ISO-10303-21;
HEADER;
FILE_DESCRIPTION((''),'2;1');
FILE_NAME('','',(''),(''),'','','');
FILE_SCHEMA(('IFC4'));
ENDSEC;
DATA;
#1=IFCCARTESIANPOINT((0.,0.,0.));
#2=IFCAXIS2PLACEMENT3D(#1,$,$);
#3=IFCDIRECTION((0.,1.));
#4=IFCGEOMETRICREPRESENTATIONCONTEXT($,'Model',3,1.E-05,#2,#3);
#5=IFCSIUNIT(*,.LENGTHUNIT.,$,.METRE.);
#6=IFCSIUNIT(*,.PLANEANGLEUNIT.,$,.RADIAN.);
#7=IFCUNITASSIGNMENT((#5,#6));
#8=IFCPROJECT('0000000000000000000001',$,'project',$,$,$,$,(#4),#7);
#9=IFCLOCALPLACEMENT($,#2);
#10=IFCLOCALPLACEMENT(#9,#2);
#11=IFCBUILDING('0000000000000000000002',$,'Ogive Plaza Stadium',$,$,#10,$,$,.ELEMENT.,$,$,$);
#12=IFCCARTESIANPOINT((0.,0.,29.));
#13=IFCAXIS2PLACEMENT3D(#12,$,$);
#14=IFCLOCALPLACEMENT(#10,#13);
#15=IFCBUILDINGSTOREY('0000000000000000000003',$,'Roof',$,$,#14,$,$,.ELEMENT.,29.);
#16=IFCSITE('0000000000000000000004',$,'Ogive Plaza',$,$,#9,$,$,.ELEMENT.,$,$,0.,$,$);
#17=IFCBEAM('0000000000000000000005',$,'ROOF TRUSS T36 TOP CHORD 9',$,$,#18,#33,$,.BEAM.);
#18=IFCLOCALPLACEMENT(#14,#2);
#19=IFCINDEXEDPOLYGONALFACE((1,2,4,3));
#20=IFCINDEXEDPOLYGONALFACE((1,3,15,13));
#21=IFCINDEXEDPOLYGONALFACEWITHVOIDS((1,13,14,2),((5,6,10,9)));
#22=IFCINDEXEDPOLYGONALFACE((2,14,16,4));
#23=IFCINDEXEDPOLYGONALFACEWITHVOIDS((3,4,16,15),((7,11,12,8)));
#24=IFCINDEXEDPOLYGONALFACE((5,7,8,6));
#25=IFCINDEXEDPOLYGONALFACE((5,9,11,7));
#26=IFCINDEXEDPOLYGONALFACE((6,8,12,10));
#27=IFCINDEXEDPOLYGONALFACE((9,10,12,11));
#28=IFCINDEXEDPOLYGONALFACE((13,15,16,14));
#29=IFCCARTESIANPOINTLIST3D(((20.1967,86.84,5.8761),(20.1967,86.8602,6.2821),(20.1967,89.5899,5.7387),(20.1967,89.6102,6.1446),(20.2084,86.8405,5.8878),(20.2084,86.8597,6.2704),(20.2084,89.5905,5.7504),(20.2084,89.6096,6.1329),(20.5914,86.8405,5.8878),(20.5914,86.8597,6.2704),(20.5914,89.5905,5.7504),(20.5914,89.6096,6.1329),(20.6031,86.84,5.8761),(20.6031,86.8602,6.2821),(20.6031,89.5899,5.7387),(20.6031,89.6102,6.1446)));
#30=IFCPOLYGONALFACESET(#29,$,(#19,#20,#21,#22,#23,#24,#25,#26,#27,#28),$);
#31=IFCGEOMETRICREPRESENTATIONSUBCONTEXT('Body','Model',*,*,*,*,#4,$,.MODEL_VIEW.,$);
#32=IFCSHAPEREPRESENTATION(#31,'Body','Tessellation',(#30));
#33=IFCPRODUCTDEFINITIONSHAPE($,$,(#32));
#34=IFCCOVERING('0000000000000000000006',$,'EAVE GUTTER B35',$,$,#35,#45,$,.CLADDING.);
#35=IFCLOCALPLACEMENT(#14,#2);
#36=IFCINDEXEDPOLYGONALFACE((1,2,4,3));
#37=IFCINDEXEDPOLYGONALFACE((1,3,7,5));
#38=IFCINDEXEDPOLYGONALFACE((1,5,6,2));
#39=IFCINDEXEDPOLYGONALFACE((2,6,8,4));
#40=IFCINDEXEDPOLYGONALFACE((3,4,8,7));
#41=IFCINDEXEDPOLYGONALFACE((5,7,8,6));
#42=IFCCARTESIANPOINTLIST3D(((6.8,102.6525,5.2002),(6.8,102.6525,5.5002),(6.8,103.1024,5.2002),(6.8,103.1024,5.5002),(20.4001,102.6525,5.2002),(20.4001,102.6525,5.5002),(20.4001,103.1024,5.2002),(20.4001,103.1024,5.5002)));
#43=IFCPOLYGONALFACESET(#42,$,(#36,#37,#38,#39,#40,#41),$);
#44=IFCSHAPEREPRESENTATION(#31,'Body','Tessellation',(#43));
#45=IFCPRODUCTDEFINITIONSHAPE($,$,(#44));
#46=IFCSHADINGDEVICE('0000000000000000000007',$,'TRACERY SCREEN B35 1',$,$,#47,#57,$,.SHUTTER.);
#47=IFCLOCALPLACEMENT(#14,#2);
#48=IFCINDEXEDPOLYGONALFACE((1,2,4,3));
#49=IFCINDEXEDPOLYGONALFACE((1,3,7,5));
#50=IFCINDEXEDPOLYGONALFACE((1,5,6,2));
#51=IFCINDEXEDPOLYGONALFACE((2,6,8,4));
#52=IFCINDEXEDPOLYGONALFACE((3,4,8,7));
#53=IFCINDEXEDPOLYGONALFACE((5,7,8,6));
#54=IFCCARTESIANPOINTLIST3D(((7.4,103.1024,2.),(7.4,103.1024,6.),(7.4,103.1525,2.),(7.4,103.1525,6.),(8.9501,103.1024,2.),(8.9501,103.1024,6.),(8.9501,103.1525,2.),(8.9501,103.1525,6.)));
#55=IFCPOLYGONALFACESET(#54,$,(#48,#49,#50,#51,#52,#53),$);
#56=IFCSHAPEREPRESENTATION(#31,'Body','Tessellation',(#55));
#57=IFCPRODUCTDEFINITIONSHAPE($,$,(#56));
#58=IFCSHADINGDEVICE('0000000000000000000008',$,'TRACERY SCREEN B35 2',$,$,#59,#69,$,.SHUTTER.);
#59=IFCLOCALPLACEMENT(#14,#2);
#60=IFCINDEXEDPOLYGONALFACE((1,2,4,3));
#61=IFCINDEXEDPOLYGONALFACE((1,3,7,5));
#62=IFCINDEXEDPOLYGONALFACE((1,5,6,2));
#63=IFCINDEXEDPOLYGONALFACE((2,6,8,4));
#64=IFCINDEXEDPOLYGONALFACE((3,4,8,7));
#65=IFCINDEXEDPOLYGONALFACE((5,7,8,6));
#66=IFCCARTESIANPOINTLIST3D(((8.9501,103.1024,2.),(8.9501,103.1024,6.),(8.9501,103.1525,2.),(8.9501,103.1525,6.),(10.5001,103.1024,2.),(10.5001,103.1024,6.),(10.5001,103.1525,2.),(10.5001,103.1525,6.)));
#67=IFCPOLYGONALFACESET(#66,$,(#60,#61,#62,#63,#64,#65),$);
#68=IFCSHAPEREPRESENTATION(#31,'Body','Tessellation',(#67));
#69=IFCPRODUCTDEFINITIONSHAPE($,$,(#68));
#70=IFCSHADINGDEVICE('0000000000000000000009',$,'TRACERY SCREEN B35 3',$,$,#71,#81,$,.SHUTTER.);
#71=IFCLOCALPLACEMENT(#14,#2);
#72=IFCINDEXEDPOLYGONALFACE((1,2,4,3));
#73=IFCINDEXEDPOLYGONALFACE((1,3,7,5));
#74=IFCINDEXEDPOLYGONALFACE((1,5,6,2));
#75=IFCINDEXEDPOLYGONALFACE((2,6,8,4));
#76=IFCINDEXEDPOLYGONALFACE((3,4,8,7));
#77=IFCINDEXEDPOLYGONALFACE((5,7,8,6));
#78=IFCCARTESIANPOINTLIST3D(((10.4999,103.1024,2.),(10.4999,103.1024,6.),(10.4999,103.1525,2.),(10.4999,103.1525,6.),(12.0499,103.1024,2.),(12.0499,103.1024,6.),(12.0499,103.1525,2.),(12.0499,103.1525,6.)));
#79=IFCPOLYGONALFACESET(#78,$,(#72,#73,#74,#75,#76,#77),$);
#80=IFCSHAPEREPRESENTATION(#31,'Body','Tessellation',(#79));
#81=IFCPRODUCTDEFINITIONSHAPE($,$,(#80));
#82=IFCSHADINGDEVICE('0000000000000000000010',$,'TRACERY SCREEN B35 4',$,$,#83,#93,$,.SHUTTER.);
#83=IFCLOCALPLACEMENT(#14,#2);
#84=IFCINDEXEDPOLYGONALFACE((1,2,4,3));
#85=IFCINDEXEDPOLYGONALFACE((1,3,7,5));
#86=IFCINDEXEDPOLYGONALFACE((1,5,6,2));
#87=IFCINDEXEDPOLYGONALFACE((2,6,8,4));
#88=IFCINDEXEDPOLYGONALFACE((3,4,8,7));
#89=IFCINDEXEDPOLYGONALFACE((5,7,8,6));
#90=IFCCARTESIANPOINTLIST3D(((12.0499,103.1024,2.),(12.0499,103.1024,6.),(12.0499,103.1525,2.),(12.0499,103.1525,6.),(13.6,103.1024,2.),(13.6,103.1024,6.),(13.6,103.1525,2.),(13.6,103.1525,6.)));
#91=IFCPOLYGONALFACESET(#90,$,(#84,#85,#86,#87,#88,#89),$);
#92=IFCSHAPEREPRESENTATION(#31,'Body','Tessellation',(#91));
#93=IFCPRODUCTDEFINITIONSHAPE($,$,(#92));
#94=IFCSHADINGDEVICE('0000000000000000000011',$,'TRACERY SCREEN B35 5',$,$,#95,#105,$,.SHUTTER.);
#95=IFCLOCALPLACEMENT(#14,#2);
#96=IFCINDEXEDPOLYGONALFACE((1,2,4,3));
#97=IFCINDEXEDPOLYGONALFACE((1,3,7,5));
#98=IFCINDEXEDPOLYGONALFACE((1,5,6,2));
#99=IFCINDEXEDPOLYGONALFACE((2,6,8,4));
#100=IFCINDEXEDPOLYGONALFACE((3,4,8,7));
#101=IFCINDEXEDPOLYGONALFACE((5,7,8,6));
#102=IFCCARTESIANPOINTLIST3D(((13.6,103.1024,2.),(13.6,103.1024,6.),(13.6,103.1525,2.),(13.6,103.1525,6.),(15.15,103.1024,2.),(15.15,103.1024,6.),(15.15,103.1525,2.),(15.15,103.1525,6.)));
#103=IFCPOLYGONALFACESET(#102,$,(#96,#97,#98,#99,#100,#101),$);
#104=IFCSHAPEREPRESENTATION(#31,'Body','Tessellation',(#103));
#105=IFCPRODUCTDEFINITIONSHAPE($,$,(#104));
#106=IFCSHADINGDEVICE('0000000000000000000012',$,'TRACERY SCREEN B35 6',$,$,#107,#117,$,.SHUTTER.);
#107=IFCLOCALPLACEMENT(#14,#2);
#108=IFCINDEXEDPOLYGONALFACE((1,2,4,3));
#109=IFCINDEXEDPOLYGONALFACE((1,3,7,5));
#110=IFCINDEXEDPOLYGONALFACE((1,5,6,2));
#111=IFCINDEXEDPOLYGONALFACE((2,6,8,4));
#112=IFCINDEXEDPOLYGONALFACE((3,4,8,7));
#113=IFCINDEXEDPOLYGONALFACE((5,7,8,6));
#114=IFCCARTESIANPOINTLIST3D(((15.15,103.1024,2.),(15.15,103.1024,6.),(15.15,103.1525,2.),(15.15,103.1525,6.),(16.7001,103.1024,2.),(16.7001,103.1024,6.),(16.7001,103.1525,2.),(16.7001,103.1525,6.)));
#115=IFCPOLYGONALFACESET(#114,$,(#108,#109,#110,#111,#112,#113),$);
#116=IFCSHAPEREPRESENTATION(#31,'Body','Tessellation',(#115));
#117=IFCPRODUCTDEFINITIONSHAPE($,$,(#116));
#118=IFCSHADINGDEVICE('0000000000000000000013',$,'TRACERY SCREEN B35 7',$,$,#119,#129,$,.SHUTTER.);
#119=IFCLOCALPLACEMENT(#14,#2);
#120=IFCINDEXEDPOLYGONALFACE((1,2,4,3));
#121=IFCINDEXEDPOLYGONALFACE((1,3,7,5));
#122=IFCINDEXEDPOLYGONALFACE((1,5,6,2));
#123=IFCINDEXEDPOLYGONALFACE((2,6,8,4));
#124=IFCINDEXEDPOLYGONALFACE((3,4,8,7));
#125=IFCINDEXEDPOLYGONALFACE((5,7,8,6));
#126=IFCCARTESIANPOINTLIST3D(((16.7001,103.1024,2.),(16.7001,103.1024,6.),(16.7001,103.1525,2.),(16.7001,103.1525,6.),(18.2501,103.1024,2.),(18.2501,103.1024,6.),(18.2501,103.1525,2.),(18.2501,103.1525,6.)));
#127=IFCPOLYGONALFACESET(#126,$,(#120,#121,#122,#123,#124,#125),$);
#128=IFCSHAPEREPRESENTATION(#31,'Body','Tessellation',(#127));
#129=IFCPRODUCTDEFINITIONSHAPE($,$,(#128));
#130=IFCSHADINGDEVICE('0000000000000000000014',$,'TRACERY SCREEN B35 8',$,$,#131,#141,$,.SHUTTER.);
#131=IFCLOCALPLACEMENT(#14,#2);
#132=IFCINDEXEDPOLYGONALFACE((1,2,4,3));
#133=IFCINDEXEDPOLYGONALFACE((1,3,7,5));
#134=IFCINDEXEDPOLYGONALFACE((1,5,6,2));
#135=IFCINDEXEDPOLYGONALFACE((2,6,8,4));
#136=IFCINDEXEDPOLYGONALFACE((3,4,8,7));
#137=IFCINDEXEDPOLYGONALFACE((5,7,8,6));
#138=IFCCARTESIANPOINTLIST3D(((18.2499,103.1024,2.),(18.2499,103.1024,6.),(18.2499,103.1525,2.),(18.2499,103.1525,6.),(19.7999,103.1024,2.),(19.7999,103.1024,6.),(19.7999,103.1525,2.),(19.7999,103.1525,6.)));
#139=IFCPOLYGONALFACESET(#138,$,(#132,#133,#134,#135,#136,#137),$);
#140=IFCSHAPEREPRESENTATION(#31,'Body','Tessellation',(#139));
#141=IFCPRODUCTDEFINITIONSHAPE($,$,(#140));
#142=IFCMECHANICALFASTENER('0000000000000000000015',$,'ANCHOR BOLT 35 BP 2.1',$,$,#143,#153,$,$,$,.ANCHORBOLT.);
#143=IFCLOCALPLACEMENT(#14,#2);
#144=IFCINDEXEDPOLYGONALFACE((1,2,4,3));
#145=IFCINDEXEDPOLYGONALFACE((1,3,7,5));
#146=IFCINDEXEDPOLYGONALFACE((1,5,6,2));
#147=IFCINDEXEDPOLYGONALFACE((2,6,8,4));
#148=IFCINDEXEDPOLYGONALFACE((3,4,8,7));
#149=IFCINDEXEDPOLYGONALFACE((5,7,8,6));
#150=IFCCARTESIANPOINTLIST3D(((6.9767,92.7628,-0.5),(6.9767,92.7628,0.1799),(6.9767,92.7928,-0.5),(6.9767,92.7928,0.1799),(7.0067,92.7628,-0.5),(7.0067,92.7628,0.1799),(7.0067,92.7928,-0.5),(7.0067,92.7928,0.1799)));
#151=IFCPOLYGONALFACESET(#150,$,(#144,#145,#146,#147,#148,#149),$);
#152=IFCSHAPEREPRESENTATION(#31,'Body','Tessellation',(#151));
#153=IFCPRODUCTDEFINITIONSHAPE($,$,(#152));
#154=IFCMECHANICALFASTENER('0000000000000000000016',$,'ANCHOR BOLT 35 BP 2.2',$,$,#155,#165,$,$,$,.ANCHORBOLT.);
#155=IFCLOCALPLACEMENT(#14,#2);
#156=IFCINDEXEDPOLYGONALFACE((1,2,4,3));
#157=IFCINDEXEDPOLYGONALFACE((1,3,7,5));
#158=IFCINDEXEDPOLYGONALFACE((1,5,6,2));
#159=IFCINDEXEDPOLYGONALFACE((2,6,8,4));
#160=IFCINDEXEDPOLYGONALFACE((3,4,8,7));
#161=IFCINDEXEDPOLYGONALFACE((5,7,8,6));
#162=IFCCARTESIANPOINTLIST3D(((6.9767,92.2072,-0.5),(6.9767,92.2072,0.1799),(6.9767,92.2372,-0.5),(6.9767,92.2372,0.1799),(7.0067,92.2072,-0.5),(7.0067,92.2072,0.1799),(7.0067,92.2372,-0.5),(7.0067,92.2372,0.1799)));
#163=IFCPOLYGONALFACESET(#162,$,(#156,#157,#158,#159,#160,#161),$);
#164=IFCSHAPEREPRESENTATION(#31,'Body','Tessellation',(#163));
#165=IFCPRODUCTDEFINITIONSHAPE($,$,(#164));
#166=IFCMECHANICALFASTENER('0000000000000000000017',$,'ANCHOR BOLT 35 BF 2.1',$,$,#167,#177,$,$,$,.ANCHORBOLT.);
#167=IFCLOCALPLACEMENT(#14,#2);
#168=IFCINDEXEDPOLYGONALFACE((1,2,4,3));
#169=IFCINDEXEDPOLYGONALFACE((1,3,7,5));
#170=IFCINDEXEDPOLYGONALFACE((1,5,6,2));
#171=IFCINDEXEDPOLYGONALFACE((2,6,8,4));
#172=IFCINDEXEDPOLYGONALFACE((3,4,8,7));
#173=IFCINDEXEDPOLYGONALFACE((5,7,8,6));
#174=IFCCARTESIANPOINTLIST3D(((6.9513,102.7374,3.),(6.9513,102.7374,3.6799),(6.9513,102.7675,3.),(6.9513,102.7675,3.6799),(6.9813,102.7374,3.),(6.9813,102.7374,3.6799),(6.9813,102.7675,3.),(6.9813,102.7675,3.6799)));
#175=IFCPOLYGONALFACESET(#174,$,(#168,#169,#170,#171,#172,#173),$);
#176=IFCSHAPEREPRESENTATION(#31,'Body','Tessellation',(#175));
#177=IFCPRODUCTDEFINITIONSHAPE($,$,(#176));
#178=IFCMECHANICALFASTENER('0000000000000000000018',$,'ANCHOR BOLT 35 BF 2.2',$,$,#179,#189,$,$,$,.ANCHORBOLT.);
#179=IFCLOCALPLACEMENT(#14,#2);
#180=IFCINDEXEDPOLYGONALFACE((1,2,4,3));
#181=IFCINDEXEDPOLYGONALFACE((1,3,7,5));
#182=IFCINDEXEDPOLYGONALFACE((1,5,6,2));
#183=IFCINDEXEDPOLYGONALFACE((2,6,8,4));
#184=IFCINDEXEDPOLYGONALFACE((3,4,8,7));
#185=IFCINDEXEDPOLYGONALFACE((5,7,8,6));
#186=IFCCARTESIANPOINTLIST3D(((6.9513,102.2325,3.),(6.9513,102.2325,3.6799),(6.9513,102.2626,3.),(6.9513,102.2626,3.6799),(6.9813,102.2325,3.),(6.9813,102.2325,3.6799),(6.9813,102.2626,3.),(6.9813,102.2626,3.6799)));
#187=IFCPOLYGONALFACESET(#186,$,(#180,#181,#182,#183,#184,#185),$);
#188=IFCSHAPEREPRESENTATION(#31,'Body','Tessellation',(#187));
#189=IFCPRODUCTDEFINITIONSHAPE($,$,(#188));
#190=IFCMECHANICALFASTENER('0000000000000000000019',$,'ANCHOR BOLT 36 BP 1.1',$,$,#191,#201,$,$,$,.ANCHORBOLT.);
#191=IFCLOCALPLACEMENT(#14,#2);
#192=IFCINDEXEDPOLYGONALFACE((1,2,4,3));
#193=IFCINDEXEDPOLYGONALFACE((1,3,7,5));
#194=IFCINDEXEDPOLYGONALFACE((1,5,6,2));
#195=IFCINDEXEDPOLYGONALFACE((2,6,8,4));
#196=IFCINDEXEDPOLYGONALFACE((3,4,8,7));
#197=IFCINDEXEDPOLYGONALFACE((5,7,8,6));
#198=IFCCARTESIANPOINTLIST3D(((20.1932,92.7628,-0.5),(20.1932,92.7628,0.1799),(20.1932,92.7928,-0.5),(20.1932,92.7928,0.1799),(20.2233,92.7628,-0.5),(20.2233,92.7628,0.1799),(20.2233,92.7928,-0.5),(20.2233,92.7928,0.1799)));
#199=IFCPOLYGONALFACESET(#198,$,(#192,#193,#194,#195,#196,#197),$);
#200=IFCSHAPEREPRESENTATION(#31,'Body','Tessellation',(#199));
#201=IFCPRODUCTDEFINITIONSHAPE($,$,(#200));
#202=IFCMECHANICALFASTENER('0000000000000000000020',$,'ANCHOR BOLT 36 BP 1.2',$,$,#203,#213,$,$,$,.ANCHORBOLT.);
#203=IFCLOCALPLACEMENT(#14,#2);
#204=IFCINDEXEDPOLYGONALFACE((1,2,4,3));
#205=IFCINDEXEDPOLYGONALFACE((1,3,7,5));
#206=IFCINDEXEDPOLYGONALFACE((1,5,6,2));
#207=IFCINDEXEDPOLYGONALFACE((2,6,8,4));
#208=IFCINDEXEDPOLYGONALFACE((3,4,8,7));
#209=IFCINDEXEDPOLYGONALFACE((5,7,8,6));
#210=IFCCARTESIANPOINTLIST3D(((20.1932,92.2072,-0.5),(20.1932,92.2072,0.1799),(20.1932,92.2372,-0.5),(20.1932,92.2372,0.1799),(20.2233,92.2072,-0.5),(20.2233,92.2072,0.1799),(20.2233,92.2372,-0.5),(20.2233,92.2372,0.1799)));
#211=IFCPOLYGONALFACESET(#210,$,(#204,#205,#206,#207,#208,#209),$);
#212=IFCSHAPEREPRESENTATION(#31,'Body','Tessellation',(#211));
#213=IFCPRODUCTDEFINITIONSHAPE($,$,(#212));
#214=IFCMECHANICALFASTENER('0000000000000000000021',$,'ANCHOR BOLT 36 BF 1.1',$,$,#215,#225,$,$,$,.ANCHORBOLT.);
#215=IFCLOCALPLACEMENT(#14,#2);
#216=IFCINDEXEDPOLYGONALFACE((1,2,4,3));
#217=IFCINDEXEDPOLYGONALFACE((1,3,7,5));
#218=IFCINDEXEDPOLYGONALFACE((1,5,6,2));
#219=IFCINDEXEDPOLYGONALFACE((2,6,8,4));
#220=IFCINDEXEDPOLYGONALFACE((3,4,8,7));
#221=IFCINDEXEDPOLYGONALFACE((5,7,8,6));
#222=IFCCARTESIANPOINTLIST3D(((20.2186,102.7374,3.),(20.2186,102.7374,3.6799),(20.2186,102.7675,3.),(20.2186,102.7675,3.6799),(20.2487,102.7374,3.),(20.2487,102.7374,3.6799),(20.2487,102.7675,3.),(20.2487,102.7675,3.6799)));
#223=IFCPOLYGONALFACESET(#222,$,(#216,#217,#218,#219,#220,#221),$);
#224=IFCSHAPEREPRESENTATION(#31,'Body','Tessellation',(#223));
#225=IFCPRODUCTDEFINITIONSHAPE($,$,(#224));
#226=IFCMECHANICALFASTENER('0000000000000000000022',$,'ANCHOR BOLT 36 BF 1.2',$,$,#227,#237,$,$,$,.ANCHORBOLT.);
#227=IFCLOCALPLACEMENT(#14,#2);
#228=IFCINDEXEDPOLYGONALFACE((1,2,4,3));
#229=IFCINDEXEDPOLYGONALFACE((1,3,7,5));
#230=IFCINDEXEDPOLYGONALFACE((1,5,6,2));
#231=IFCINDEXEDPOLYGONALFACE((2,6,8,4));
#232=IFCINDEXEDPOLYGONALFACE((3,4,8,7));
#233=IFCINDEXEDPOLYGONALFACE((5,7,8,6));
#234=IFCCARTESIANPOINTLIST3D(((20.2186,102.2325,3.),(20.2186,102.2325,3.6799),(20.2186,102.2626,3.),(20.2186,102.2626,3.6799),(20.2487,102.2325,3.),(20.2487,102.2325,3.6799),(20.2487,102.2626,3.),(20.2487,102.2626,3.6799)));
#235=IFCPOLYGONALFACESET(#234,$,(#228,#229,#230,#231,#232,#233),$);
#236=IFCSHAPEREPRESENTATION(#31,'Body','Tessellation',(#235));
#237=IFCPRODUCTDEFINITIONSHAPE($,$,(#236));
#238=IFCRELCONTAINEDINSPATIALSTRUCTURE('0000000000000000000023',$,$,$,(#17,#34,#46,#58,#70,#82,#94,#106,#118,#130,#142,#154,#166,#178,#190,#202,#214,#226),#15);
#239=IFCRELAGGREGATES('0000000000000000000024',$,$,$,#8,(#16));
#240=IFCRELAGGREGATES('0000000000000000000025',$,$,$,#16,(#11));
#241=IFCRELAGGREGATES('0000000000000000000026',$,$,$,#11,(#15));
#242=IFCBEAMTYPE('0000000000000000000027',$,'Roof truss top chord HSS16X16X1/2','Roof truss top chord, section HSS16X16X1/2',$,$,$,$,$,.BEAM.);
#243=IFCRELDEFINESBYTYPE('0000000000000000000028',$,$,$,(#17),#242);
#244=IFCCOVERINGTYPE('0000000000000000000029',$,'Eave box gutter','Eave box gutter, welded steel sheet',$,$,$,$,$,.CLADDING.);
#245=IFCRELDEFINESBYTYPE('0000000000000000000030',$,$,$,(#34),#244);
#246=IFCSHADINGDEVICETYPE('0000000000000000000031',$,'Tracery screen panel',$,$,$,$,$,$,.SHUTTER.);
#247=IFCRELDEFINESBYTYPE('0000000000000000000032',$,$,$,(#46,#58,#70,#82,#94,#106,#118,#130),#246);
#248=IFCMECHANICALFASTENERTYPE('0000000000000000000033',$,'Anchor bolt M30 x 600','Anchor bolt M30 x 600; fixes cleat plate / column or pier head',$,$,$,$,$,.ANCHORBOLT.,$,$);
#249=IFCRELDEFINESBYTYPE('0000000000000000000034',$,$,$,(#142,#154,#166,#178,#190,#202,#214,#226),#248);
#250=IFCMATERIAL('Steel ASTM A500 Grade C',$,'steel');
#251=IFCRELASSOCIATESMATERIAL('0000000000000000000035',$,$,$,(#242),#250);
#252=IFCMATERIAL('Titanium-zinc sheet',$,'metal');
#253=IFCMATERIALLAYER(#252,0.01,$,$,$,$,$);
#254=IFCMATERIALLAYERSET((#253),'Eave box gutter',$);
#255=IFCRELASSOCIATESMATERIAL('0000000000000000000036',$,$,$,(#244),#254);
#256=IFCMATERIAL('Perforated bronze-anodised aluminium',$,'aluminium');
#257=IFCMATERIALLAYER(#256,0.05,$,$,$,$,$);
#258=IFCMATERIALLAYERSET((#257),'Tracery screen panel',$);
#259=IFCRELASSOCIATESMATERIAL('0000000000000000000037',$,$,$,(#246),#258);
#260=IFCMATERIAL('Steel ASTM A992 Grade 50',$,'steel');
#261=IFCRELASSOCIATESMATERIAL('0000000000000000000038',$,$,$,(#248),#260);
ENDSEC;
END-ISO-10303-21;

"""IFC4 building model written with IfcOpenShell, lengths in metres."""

from ifc_helpers import new_model, si_unit, direction, frame, origin, origin_2d, place, context, subcontext, project, spatial, rectangle, hollow_rectangle, extrude, material, layer, layer_set, material_profile, profile_set, type_object, element, save


model = new_model("IFC4")

# Units and contexts
model_context = context("Model", 3, precision=1e-05, world=origin(), true_north=direction((0.0, 1.0)))
body_context = subcontext(model_context, "Body", "Model", "MODEL_VIEW")
ifc_project = project(units=[si_unit("LENGTHUNIT", "METRE"), si_unit("PLANEANGLEUNIT", "RADIAN")], contexts=[model_context])

# Site, building, storey
site_placement = place(None, origin())
site = spatial("IfcSite", under=ifc_project, at=site_placement, Name="Ogive Plaza", CompositionType="ELEMENT", RefElevation=0.0)
building_placement = place(site_placement, origin())
building = spatial("IfcBuilding", under=site, at=building_placement, Name="Ogive Plaza Stadium", CompositionType="ELEMENT")
storey_placement = place(building_placement, frame((0.0, 0.0, 29.0)))
storey = spatial("IfcBuildingStorey", under=building, at=storey_placement, Name="Roof", CompositionType="ELEMENT", Elevation=29.0)

# Beam
ifc_material_1 = material(Name="Steel ASTM A500 Grade C", Category="steel")
ifc_material_profile_1 = material_profile(ifc_material_1, hollow_rectangle(XDim=0.4065, YDim=0.4065, WallThickness=0.0117, at=origin_2d()), Name="HSS16X16X1/2")
ifc_profile_set_1 = profile_set([ifc_material_profile_1], Name="Steel ASTM A500 Grade C")
beam_type_1 = type_object("IfcBeamType", Name="Roof truss top chord HSS16X16X1/2", Description="Roof truss top chord, section HSS16X16X1/2", PredefinedType="BEAM", material=ifc_profile_set_1)
beam_1_placement = place(storey_placement, frame((20.3999, 86.8501, 6.0791), z_axis=(0.0, 0.998753, -0.04992), x_axis=(-1.0, 0.0, 0.0)))
element("IfcBeam", 1, at=beam_1_placement, inside=storey, type_object=beam_type_1, Name="ROOF TRUSS T36 TOP CHORD 9", PredefinedType="BEAM", context=body_context, shape_type="SweptSolid", body=[
    extrude(hollow_rectangle(XDim=0.4065, YDim=0.4065, WallThickness=0.0117, at=origin_2d()), origin(), (0.0, 0.0, 1.0), 2.7534),
])

# Covering
ifc_material_2 = material(Name="Titanium-zinc sheet", Category="metal")
ifc_layer_1 = layer(ifc_material_2, 0.01)
ifc_layer_set_1 = layer_set([ifc_layer_1], Name="Eave box gutter")
covering_type = type_object("IfcCoveringType", Name="Eave box gutter", Description="Eave box gutter, welded steel sheet", PredefinedType="CLADDING", material=ifc_layer_set_1)
covering_placement = place(storey_placement, frame((13.6001, 102.8774, 5.2002), z_axis=(0.0, 0.0, 1.0), x_axis=(1.0, 0.0, 0.0)))
element("IfcCovering", 2, at=covering_placement, inside=storey, type_object=covering_type, Name="EAVE GUTTER B35", PredefinedType="CLADDING", context=body_context, shape_type="SweptSolid", body=[
    extrude(rectangle(XDim=13.6001, YDim=0.45, at=origin_2d()), origin(), (0.0, 0.0, 1.0), 0.3),
])

# Shading devices
ifc_material_3 = material(Name="Perforated bronze-anodised aluminium", Category="aluminium")
ifc_layer_2 = layer(ifc_material_3, 0.05)
ifc_layer_set_2 = layer_set([ifc_layer_2], Name="Tracery screen panel")
shading_device_type = type_object("IfcShadingDeviceType", Name="Tracery screen panel", PredefinedType="SHUTTER", material=ifc_layer_set_2)
for number, where, z_axis, x_axis, name in (
    (3, (8.175, 103.1274, 2.0), (0.0, 0.0, 1.0), (1.0, 0.0, 0.0), "TRACERY SCREEN B35 1"),
    (4, (9.7251, 103.1274, 2.0), (0.0, 0.0, 1.0), (1.0, 0.0, 0.0), "TRACERY SCREEN B35 2"),
    (5, (11.2749, 103.1274, 2.0), (0.0, 0.0, 1.0), (1.0, 0.0, 0.0), "TRACERY SCREEN B35 3"),
    (6, (12.825, 103.1274, 2.0), (0.0, 0.0, 1.0), (1.0, 0.0, 0.0), "TRACERY SCREEN B35 4"),
    (7, (14.375, 103.1274, 2.0), (0.0, 0.0, 1.0), (1.0, 0.0, 0.0), "TRACERY SCREEN B35 5"),
    (8, (15.925, 103.1274, 2.0), (0.0, 0.0, 1.0), (1.0, 0.0, 0.0), "TRACERY SCREEN B35 6"),
    (9, (17.4751, 103.1274, 2.0), (0.0, 0.0, 1.0), (1.0, 0.0, 0.0), "TRACERY SCREEN B35 7"),
    (10, (19.0249, 103.1274, 2.0), (0.0, 0.0, 1.0), (1.0, 0.0, 0.0), "TRACERY SCREEN B35 8"),
):
    element("IfcShadingDevice", number, at=place(storey_placement, frame(where, z_axis=z_axis, x_axis=x_axis)), inside=storey, type_object=shading_device_type, Name=name, PredefinedType="SHUTTER", context=body_context, shape_type="SweptSolid", body=[
        extrude(rectangle(XDim=1.55, YDim=0.05, at=origin_2d()), origin(), (0.0, 0.0, 1.0), 4.0),
    ])

# Mechanical fasteners
ifc_material_4 = material(Name="Steel ASTM A992 Grade 50", Category="steel")
mechanical_fastener_type_1 = type_object("IfcMechanicalFastenerType", Name="Anchor bolt M30 x 600", Description="Anchor bolt M30 x 600; fixes cleat plate / column or pier head", PredefinedType="ANCHORBOLT", material=ifc_material_4)
for number, where, z_axis, x_axis, name in (
    (11, (6.9917, 92.7778, -0.5), (0.0, 0.0, 1.0), (0.0, 1.0, 0.0), "ANCHOR BOLT 35 BP 2.1"),
    (12, (6.9917, 92.2222, -0.5), (0.0, 0.0, 1.0), (0.0, 1.0, 0.0), "ANCHOR BOLT 35 BP 2.2"),
    (13, (6.9663, 102.7524, 3.0), (0.0, 0.0, 1.0), (0.0, 1.0, 0.0), "ANCHOR BOLT 35 BF 2.1"),
    (14, (6.9663, 102.2476, 3.0), (0.0, 0.0, 1.0), (0.0, 1.0, 0.0), "ANCHOR BOLT 35 BF 2.2"),
    (15, (20.2083, 92.7778, -0.5), (0.0, 0.0, 1.0), (0.0, 1.0, 0.0), "ANCHOR BOLT 36 BP 1.1"),
    (16, (20.2083, 92.2222, -0.5), (0.0, 0.0, 1.0), (0.0, 1.0, 0.0), "ANCHOR BOLT 36 BP 1.2"),
    (17, (20.2336, 102.7524, 3.0), (0.0, 0.0, 1.0), (0.0, 1.0, 0.0), "ANCHOR BOLT 36 BF 1.1"),
    (18, (20.2336, 102.2476, 3.0), (0.0, 0.0, 1.0), (0.0, 1.0, 0.0), "ANCHOR BOLT 36 BF 1.2"),
):
    element("IfcMechanicalFastener", number, at=place(storey_placement, frame(where, z_axis=z_axis, x_axis=x_axis)), inside=storey, type_object=mechanical_fastener_type_1, Name=name, PredefinedType="ANCHORBOLT", context=body_context, shape_type="SweptSolid", body=[
        extrude(rectangle(XDim=0.03, YDim=0.03, at=origin_2d()), origin(), (0.0, 0.0, 1.0), 0.6799),
    ])

save(model, "model.ifc")
